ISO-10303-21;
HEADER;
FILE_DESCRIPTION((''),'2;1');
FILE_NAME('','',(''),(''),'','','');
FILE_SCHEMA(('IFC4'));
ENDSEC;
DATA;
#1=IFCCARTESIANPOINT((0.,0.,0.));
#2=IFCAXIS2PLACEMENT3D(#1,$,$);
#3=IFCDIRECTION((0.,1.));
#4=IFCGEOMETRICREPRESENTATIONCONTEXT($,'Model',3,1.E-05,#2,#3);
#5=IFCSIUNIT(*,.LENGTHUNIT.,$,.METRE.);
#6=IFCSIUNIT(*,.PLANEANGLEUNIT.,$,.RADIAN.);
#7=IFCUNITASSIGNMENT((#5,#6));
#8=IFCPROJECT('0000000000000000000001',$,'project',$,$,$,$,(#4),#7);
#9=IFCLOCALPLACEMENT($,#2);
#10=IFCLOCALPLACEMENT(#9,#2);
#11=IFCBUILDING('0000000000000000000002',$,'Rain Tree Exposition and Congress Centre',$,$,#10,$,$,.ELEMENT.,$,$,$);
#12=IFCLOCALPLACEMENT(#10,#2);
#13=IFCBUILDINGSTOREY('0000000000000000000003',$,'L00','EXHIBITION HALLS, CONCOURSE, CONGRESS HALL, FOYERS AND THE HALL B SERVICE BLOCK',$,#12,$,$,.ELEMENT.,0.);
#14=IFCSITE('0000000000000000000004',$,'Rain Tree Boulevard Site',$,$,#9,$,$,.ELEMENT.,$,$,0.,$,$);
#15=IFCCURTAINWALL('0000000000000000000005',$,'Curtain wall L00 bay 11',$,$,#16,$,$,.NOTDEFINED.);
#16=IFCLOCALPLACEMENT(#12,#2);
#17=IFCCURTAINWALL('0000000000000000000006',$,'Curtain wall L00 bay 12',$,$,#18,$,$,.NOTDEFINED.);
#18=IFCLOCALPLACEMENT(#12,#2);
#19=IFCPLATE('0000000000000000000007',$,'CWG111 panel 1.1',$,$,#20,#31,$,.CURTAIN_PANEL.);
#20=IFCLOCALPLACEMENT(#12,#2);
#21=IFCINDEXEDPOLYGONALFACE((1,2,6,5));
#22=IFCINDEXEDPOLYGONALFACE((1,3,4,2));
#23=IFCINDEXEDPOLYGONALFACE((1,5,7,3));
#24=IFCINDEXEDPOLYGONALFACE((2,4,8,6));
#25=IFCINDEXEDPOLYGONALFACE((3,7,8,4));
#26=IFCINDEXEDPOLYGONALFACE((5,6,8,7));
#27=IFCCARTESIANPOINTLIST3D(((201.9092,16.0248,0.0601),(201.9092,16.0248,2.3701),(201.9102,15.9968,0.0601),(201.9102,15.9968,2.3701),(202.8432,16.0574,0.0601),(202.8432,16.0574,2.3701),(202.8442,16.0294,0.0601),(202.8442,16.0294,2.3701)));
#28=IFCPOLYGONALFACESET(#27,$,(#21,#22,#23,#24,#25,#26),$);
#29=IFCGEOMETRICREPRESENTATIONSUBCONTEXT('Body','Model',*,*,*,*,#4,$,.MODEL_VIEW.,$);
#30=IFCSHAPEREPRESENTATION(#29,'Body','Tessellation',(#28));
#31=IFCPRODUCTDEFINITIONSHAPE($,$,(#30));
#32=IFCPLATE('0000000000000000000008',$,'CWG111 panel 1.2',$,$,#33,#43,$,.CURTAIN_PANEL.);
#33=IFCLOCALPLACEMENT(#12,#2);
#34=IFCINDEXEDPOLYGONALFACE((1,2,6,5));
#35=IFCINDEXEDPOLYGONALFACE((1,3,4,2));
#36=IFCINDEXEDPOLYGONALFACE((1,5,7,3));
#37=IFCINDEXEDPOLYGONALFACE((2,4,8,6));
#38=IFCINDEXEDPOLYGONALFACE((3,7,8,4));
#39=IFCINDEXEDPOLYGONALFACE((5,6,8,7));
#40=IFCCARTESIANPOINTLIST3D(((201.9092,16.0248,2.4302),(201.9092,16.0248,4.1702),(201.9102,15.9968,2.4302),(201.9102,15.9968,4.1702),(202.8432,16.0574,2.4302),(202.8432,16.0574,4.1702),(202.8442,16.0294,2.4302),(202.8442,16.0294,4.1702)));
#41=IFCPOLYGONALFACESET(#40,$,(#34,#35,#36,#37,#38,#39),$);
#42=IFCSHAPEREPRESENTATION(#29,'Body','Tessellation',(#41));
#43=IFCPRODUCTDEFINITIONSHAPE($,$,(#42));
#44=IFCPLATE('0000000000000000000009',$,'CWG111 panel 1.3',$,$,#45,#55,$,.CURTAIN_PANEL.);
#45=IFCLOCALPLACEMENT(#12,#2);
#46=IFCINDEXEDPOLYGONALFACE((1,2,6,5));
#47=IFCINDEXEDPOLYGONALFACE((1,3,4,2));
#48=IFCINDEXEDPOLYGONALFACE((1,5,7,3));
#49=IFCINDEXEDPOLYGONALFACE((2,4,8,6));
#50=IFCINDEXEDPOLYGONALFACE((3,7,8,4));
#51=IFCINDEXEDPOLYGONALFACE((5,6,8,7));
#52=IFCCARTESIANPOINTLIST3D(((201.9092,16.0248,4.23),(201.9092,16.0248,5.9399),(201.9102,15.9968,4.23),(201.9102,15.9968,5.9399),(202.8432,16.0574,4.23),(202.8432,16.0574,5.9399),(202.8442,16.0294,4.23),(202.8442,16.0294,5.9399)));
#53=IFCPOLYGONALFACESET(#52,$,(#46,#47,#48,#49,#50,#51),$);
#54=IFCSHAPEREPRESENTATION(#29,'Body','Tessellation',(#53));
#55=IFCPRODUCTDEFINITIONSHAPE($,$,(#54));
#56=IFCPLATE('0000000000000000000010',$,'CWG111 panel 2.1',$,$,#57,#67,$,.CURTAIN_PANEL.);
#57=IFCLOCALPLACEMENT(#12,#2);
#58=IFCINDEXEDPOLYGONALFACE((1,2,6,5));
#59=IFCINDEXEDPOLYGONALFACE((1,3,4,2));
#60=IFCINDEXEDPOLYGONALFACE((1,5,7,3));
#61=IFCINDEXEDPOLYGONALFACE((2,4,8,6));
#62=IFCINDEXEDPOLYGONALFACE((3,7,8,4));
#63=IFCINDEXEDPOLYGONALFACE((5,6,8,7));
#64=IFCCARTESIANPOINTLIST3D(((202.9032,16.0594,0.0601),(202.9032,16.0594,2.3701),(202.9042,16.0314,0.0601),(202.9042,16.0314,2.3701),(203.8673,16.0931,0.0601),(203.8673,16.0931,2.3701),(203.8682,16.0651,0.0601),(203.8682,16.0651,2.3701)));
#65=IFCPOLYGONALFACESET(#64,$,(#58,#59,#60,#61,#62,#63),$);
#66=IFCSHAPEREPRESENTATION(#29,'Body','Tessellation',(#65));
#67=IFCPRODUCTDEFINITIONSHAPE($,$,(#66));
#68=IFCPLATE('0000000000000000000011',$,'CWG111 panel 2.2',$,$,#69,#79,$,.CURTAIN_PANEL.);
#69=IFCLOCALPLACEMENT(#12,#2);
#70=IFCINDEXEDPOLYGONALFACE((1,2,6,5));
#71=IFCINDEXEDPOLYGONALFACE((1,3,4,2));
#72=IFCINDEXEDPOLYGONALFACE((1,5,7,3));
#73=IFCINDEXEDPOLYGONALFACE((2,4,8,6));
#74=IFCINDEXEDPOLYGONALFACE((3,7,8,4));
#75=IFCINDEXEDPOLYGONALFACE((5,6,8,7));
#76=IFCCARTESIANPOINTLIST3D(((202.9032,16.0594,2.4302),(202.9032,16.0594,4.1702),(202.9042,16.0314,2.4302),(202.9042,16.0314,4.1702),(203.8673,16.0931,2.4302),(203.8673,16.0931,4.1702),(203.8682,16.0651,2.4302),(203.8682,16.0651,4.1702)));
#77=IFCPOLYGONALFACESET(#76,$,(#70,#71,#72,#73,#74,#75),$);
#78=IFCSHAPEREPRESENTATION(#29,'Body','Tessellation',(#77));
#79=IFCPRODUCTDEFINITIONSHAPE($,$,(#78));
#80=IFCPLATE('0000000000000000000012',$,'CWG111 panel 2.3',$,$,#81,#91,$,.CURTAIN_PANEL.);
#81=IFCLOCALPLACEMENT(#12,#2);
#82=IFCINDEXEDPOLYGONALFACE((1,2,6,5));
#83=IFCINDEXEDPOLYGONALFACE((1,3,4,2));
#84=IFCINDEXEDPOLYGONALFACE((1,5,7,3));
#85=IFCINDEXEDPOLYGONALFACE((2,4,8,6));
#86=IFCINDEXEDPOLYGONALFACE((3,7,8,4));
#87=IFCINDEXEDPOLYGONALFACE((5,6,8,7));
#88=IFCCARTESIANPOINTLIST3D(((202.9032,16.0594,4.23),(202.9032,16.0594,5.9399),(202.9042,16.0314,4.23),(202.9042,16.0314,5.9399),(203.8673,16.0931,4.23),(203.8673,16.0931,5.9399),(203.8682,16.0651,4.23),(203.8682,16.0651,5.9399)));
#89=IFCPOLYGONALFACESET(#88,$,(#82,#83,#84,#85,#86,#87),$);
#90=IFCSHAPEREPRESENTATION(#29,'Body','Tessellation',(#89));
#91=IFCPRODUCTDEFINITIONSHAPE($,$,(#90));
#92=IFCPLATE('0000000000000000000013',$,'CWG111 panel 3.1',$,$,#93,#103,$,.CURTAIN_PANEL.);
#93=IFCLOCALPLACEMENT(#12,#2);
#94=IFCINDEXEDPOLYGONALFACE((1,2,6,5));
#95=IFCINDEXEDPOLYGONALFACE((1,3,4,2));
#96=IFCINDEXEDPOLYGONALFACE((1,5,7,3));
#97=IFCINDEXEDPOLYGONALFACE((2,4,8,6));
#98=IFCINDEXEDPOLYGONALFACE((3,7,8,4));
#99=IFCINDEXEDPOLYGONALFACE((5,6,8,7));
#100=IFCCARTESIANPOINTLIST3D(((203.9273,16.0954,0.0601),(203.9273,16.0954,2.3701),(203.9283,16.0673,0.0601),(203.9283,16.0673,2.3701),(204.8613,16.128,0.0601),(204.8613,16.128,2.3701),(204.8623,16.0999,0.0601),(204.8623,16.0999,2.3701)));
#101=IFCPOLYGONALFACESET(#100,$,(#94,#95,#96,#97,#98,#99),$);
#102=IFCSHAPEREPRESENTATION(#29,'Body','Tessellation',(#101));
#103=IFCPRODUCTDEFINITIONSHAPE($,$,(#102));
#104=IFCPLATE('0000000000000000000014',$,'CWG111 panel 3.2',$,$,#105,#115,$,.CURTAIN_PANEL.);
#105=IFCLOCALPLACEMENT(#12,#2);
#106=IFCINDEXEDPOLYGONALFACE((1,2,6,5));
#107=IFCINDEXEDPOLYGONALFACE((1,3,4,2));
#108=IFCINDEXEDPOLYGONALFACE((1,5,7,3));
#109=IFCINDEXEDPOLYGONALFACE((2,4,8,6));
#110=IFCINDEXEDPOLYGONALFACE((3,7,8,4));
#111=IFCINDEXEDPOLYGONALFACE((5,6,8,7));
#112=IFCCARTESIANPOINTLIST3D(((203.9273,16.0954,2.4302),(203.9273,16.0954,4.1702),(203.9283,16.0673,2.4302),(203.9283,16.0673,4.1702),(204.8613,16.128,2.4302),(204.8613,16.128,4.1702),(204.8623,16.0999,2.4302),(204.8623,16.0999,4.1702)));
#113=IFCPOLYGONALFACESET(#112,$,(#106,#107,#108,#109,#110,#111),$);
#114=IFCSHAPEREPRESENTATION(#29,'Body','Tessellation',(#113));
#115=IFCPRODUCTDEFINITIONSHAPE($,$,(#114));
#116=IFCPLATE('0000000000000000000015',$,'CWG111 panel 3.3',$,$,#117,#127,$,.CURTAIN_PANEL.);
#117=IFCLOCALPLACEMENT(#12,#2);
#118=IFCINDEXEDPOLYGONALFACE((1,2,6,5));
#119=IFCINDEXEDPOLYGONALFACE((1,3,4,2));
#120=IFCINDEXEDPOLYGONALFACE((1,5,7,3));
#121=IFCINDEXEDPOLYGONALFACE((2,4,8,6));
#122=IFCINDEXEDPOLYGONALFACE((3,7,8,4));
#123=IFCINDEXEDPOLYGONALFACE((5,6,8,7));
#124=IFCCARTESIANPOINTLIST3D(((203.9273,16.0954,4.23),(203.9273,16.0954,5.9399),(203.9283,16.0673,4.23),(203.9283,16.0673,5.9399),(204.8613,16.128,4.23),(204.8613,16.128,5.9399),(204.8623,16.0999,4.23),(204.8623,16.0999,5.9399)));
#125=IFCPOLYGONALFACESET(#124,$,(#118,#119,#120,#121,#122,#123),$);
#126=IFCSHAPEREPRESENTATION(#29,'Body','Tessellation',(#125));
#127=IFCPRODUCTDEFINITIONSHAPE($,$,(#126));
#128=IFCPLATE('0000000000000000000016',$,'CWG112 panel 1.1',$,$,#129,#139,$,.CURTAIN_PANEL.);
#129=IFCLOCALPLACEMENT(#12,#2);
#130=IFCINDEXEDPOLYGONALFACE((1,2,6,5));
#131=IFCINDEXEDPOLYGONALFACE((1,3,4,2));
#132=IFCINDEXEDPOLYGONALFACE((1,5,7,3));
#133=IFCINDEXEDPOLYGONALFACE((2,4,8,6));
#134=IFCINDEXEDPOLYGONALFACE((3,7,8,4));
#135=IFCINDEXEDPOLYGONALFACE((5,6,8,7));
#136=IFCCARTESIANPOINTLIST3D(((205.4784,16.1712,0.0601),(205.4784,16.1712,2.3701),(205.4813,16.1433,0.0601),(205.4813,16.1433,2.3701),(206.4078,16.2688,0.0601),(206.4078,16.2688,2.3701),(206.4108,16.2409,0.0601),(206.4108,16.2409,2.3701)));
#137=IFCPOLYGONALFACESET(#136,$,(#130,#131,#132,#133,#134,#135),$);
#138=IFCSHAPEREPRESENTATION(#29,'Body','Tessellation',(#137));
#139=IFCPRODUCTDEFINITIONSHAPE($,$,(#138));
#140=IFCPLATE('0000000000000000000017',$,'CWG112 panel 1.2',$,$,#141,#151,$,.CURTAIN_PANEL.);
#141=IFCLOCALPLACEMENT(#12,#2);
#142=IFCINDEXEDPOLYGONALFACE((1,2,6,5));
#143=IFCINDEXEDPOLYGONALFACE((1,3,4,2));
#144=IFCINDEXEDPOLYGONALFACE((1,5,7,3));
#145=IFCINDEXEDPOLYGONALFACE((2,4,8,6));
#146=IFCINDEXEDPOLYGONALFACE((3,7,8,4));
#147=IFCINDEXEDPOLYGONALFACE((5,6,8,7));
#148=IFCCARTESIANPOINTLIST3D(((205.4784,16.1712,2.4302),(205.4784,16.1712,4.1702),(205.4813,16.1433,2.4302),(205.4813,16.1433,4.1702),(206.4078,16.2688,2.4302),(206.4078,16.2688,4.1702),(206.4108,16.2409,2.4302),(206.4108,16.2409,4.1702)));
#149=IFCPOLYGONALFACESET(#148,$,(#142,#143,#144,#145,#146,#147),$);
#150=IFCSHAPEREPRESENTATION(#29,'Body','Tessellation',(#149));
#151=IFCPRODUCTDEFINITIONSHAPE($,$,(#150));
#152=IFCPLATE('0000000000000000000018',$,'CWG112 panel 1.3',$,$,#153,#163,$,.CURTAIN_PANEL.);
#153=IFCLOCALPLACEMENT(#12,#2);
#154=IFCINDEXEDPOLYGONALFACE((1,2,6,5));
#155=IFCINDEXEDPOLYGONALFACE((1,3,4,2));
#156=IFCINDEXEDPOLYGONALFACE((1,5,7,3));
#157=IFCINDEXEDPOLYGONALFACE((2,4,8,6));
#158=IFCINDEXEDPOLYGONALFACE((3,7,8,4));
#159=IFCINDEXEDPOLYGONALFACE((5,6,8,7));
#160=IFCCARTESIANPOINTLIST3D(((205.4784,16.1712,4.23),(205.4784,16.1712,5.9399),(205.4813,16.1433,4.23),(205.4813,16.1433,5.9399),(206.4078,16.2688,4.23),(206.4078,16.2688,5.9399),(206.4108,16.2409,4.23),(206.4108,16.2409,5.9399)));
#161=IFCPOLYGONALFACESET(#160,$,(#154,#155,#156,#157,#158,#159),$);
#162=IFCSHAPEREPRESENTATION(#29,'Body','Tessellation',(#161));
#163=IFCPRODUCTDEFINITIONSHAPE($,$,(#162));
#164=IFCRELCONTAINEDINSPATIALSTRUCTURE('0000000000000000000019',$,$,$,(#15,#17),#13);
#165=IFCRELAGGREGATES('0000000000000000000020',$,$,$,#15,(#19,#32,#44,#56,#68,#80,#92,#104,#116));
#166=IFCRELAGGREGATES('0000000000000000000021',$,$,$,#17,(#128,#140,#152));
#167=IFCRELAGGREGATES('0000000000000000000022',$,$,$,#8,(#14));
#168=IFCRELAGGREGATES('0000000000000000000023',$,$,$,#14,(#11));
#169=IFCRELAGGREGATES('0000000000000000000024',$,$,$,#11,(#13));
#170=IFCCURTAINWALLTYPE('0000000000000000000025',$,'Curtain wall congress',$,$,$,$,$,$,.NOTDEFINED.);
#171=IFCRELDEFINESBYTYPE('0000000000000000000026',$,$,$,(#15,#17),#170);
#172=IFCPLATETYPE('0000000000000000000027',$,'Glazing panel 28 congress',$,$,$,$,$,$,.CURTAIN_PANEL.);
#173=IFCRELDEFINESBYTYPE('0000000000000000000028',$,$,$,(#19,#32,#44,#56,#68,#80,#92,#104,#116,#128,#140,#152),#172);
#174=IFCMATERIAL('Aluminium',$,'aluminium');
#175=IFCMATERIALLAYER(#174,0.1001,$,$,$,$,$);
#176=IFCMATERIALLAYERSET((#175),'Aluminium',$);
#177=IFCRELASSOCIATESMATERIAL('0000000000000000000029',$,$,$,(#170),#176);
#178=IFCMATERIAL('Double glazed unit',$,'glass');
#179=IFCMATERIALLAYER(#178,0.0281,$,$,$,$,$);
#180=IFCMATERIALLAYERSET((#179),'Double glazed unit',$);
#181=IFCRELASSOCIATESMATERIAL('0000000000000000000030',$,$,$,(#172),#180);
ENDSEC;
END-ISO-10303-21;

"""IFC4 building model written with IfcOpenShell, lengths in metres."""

from ifc_helpers import new_model, si_unit, direction, frame, origin, origin_2d, place, context, subcontext, project, spatial, rectangle, extrude, material, layer, layer_set, type_object, element, aggregate, save


model = new_model("IFC4")

# Units and contexts
model_context = context("Model", 3, precision=1e-05, world=origin(), true_north=direction((0.0, 1.0)))
body_context = subcontext(model_context, "Body", "Model", "MODEL_VIEW")
ifc_project = project(units=[si_unit("LENGTHUNIT", "METRE"), si_unit("PLANEANGLEUNIT", "RADIAN")], contexts=[model_context])

# Site, building, storey
site_placement = place(None, origin())
site = spatial("IfcSite", under=ifc_project, at=site_placement, Name="Rain Tree Boulevard Site", CompositionType="ELEMENT", RefElevation=0.0)
building_placement = place(site_placement, origin())
building = spatial("IfcBuilding", under=site, at=building_placement, Name="Rain Tree Exposition and Congress Centre", CompositionType="ELEMENT")
storey_placement = place(building_placement, origin())
storey = spatial("IfcBuildingStorey", under=building, at=storey_placement, Name="L00", Description="EXHIBITION HALLS, CONCOURSE, CONGRESS HALL, FOYERS AND THE HALL B SERVICE BLOCK", CompositionType="ELEMENT", Elevation=0.0)

# Shared definitions
ifc_material_1 = material(Name="Aluminium", Category="aluminium")
ifc_layer_1 = layer(ifc_material_1, 0.1001)
ifc_layer_set_1 = layer_set([ifc_layer_1], Name="Aluminium")
curtain_wall_type = type_object("IfcCurtainWallType", Name="Curtain wall congress", PredefinedType="NOTDEFINED", material=ifc_layer_set_1)

# Curtain walls
curtain_wall_1_placement = place(storey_placement, origin())
curtain_wall_1 = element("IfcCurtainWall", 1, at=curtain_wall_1_placement, inside=storey, type_object=curtain_wall_type, Name="Curtain wall L00 bay 11", PredefinedType="NOTDEFINED")
curtain_wall_2_placement = place(storey_placement, origin())
curtain_wall_2 = element("IfcCurtainWall", 2, at=curtain_wall_2_placement, inside=storey, type_object=curtain_wall_type, Name="Curtain wall L00 bay 12", PredefinedType="NOTDEFINED")

# Plates
ifc_material_2 = material(Name="Double glazed unit", Category="glass")
ifc_layer_2 = layer(ifc_material_2, 0.0281)
ifc_layer_set_2 = layer_set([ifc_layer_2], Name="Double glazed unit")
plate_type = type_object("IfcPlateType", Name="Glazing panel 28 congress", PredefinedType="CURTAIN_PANEL", material=ifc_layer_set_2)
plate_1_placement = place(storey_placement, frame((202.3767, 16.0271, 0.0601), z_axis=(0.0, 0.0, 1.0), x_axis=(0.999391, 0.034908, 0.0)))
plate_1 = element("IfcPlate", 3, at=plate_1_placement, type_object=plate_type, Name="CWG111 panel 1.1", PredefinedType="CURTAIN_PANEL", context=body_context, shape_type="SweptSolid", body=[
    extrude(rectangle(XDim=0.9346, YDim=0.0281, at=origin_2d()), origin(), (0.0, 0.0, 1.0), 2.3101),
])
plate_2_placement = place(storey_placement, frame((202.3767, 16.0271, 2.4302), z_axis=(0.0, 0.0, 1.0), x_axis=(0.999391, 0.034908, 0.0)))
plate_2 = element("IfcPlate", 4, at=plate_2_placement, type_object=plate_type, Name="CWG111 panel 1.2", PredefinedType="CURTAIN_PANEL", context=body_context, shape_type="SweptSolid", body=[
    extrude(rectangle(XDim=0.9346, YDim=0.0281, at=origin_2d()), origin(), (0.0, 0.0, 1.0), 1.74),
])
plate_3_placement = place(storey_placement, frame((202.3767, 16.0271, 4.23), z_axis=(0.0, 0.0, 1.0), x_axis=(0.999391, 0.034908, 0.0)))
plate_3 = element("IfcPlate", 5, at=plate_3_placement, type_object=plate_type, Name="CWG111 panel 1.3", PredefinedType="CURTAIN_PANEL", context=body_context, shape_type="SweptSolid", body=[
    extrude(rectangle(XDim=0.9346, YDim=0.0281, at=origin_2d()), origin(), (0.0, 0.0, 1.0), 1.71),
])
plate_4_placement = place(storey_placement, frame((203.3857, 16.0623, 0.0601), z_axis=(0.0, 0.0, 1.0), x_axis=(0.999391, 0.034908, 0.0)))
plate_4 = element("IfcPlate", 6, at=plate_4_placement, type_object=plate_type, Name="CWG111 panel 2.1", PredefinedType="CURTAIN_PANEL", context=body_context, shape_type="SweptSolid", body=[
    extrude(rectangle(XDim=0.9646, YDim=0.0281, at=origin_2d()), origin(), (0.0, 0.0, 1.0), 2.3101),
])
plate_5_placement = place(storey_placement, frame((203.3857, 16.0623, 2.4302), z_axis=(0.0, 0.0, 1.0), x_axis=(0.999391, 0.034908, 0.0)))
plate_5 = element("IfcPlate", 7, at=plate_5_placement, type_object=plate_type, Name="CWG111 panel 2.2", PredefinedType="CURTAIN_PANEL", context=body_context, shape_type="SweptSolid", body=[
    extrude(rectangle(XDim=0.9646, YDim=0.0281, at=origin_2d()), origin(), (0.0, 0.0, 1.0), 1.74),
])
plate_6_placement = place(storey_placement, frame((203.3857, 16.0623, 4.23), z_axis=(0.0, 0.0, 1.0), x_axis=(0.999391, 0.034908, 0.0)))
plate_6 = element("IfcPlate", 8, at=plate_6_placement, type_object=plate_type, Name="CWG111 panel 2.3", PredefinedType="CURTAIN_PANEL", context=body_context, shape_type="SweptSolid", body=[
    extrude(rectangle(XDim=0.9646, YDim=0.0281, at=origin_2d()), origin(), (0.0, 0.0, 1.0), 1.71),
])
plate_7_placement = place(storey_placement, frame((204.3948, 16.0977, 0.0601), z_axis=(0.0, 0.0, 1.0), x_axis=(0.999391, 0.034908, 0.0)))
plate_7 = element("IfcPlate", 9, at=plate_7_placement, type_object=plate_type, Name="CWG111 panel 3.1", PredefinedType="CURTAIN_PANEL", context=body_context, shape_type="SweptSolid", body=[
    extrude(rectangle(XDim=0.9346, YDim=0.0281, at=origin_2d()), origin(), (0.0, 0.0, 1.0), 2.3101),
])
plate_8_placement = place(storey_placement, frame((204.3948, 16.0977, 2.4302), z_axis=(0.0, 0.0, 1.0), x_axis=(0.999391, 0.034908, 0.0)))
plate_8 = element("IfcPlate", 10, at=plate_8_placement, type_object=plate_type, Name="CWG111 panel 3.2", PredefinedType="CURTAIN_PANEL", context=body_context, shape_type="SweptSolid", body=[
    extrude(rectangle(XDim=0.9346, YDim=0.0281, at=origin_2d()), origin(), (0.0, 0.0, 1.0), 1.74),
])
plate_9_placement = place(storey_placement, frame((204.3948, 16.0977, 4.23), z_axis=(0.0, 0.0, 1.0), x_axis=(0.999391, 0.034908, 0.0)))
plate_9 = element("IfcPlate", 11, at=plate_9_placement, type_object=plate_type, Name="CWG111 panel 3.3", PredefinedType="CURTAIN_PANEL", context=body_context, shape_type="SweptSolid", body=[
    extrude(rectangle(XDim=0.9346, YDim=0.0281, at=origin_2d()), origin(), (0.0, 0.0, 1.0), 1.71),
])
aggregate(curtain_wall_1, [plate_1, plate_2, plate_3, plate_4, plate_5, plate_6, plate_7, plate_8, plate_9])
plate_10_placement = place(storey_placement, frame((205.9446, 16.2061, 0.0601), z_axis=(0.0, 0.0, 1.0), x_axis=(0.994525, 0.104502, 0.0)))
plate_10 = element("IfcPlate", 12, at=plate_10_placement, type_object=plate_type, Name="CWG112 panel 1.1", PredefinedType="CURTAIN_PANEL", context=body_context, shape_type="SweptSolid", body=[
    extrude(rectangle(XDim=0.9346, YDim=0.0281, at=origin_2d()), origin(), (0.0, 0.0, 1.0), 2.3101),
])
plate_11_placement = place(storey_placement, frame((205.9446, 16.2061, 2.4302), z_axis=(0.0, 0.0, 1.0), x_axis=(0.994525, 0.104502, 0.0)))
plate_11 = element("IfcPlate", 13, at=plate_11_placement, type_object=plate_type, Name="CWG112 panel 1.2", PredefinedType="CURTAIN_PANEL", context=body_context, shape_type="SweptSolid", body=[
    extrude(rectangle(XDim=0.9346, YDim=0.0281, at=origin_2d()), origin(), (0.0, 0.0, 1.0), 1.74),
])
plate_12_placement = place(storey_placement, frame((205.9446, 16.2061, 4.23), z_axis=(0.0, 0.0, 1.0), x_axis=(0.994525, 0.104502, 0.0)))
plate_12 = element("IfcPlate", 14, at=plate_12_placement, type_object=plate_type, Name="CWG112 panel 1.3", PredefinedType="CURTAIN_PANEL", context=body_context, shape_type="SweptSolid", body=[
    extrude(rectangle(XDim=0.9346, YDim=0.0281, at=origin_2d()), origin(), (0.0, 0.0, 1.0), 1.71),
])
aggregate(curtain_wall_2, [plate_10, plate_11, plate_12])

save(model, "model.ifc")
